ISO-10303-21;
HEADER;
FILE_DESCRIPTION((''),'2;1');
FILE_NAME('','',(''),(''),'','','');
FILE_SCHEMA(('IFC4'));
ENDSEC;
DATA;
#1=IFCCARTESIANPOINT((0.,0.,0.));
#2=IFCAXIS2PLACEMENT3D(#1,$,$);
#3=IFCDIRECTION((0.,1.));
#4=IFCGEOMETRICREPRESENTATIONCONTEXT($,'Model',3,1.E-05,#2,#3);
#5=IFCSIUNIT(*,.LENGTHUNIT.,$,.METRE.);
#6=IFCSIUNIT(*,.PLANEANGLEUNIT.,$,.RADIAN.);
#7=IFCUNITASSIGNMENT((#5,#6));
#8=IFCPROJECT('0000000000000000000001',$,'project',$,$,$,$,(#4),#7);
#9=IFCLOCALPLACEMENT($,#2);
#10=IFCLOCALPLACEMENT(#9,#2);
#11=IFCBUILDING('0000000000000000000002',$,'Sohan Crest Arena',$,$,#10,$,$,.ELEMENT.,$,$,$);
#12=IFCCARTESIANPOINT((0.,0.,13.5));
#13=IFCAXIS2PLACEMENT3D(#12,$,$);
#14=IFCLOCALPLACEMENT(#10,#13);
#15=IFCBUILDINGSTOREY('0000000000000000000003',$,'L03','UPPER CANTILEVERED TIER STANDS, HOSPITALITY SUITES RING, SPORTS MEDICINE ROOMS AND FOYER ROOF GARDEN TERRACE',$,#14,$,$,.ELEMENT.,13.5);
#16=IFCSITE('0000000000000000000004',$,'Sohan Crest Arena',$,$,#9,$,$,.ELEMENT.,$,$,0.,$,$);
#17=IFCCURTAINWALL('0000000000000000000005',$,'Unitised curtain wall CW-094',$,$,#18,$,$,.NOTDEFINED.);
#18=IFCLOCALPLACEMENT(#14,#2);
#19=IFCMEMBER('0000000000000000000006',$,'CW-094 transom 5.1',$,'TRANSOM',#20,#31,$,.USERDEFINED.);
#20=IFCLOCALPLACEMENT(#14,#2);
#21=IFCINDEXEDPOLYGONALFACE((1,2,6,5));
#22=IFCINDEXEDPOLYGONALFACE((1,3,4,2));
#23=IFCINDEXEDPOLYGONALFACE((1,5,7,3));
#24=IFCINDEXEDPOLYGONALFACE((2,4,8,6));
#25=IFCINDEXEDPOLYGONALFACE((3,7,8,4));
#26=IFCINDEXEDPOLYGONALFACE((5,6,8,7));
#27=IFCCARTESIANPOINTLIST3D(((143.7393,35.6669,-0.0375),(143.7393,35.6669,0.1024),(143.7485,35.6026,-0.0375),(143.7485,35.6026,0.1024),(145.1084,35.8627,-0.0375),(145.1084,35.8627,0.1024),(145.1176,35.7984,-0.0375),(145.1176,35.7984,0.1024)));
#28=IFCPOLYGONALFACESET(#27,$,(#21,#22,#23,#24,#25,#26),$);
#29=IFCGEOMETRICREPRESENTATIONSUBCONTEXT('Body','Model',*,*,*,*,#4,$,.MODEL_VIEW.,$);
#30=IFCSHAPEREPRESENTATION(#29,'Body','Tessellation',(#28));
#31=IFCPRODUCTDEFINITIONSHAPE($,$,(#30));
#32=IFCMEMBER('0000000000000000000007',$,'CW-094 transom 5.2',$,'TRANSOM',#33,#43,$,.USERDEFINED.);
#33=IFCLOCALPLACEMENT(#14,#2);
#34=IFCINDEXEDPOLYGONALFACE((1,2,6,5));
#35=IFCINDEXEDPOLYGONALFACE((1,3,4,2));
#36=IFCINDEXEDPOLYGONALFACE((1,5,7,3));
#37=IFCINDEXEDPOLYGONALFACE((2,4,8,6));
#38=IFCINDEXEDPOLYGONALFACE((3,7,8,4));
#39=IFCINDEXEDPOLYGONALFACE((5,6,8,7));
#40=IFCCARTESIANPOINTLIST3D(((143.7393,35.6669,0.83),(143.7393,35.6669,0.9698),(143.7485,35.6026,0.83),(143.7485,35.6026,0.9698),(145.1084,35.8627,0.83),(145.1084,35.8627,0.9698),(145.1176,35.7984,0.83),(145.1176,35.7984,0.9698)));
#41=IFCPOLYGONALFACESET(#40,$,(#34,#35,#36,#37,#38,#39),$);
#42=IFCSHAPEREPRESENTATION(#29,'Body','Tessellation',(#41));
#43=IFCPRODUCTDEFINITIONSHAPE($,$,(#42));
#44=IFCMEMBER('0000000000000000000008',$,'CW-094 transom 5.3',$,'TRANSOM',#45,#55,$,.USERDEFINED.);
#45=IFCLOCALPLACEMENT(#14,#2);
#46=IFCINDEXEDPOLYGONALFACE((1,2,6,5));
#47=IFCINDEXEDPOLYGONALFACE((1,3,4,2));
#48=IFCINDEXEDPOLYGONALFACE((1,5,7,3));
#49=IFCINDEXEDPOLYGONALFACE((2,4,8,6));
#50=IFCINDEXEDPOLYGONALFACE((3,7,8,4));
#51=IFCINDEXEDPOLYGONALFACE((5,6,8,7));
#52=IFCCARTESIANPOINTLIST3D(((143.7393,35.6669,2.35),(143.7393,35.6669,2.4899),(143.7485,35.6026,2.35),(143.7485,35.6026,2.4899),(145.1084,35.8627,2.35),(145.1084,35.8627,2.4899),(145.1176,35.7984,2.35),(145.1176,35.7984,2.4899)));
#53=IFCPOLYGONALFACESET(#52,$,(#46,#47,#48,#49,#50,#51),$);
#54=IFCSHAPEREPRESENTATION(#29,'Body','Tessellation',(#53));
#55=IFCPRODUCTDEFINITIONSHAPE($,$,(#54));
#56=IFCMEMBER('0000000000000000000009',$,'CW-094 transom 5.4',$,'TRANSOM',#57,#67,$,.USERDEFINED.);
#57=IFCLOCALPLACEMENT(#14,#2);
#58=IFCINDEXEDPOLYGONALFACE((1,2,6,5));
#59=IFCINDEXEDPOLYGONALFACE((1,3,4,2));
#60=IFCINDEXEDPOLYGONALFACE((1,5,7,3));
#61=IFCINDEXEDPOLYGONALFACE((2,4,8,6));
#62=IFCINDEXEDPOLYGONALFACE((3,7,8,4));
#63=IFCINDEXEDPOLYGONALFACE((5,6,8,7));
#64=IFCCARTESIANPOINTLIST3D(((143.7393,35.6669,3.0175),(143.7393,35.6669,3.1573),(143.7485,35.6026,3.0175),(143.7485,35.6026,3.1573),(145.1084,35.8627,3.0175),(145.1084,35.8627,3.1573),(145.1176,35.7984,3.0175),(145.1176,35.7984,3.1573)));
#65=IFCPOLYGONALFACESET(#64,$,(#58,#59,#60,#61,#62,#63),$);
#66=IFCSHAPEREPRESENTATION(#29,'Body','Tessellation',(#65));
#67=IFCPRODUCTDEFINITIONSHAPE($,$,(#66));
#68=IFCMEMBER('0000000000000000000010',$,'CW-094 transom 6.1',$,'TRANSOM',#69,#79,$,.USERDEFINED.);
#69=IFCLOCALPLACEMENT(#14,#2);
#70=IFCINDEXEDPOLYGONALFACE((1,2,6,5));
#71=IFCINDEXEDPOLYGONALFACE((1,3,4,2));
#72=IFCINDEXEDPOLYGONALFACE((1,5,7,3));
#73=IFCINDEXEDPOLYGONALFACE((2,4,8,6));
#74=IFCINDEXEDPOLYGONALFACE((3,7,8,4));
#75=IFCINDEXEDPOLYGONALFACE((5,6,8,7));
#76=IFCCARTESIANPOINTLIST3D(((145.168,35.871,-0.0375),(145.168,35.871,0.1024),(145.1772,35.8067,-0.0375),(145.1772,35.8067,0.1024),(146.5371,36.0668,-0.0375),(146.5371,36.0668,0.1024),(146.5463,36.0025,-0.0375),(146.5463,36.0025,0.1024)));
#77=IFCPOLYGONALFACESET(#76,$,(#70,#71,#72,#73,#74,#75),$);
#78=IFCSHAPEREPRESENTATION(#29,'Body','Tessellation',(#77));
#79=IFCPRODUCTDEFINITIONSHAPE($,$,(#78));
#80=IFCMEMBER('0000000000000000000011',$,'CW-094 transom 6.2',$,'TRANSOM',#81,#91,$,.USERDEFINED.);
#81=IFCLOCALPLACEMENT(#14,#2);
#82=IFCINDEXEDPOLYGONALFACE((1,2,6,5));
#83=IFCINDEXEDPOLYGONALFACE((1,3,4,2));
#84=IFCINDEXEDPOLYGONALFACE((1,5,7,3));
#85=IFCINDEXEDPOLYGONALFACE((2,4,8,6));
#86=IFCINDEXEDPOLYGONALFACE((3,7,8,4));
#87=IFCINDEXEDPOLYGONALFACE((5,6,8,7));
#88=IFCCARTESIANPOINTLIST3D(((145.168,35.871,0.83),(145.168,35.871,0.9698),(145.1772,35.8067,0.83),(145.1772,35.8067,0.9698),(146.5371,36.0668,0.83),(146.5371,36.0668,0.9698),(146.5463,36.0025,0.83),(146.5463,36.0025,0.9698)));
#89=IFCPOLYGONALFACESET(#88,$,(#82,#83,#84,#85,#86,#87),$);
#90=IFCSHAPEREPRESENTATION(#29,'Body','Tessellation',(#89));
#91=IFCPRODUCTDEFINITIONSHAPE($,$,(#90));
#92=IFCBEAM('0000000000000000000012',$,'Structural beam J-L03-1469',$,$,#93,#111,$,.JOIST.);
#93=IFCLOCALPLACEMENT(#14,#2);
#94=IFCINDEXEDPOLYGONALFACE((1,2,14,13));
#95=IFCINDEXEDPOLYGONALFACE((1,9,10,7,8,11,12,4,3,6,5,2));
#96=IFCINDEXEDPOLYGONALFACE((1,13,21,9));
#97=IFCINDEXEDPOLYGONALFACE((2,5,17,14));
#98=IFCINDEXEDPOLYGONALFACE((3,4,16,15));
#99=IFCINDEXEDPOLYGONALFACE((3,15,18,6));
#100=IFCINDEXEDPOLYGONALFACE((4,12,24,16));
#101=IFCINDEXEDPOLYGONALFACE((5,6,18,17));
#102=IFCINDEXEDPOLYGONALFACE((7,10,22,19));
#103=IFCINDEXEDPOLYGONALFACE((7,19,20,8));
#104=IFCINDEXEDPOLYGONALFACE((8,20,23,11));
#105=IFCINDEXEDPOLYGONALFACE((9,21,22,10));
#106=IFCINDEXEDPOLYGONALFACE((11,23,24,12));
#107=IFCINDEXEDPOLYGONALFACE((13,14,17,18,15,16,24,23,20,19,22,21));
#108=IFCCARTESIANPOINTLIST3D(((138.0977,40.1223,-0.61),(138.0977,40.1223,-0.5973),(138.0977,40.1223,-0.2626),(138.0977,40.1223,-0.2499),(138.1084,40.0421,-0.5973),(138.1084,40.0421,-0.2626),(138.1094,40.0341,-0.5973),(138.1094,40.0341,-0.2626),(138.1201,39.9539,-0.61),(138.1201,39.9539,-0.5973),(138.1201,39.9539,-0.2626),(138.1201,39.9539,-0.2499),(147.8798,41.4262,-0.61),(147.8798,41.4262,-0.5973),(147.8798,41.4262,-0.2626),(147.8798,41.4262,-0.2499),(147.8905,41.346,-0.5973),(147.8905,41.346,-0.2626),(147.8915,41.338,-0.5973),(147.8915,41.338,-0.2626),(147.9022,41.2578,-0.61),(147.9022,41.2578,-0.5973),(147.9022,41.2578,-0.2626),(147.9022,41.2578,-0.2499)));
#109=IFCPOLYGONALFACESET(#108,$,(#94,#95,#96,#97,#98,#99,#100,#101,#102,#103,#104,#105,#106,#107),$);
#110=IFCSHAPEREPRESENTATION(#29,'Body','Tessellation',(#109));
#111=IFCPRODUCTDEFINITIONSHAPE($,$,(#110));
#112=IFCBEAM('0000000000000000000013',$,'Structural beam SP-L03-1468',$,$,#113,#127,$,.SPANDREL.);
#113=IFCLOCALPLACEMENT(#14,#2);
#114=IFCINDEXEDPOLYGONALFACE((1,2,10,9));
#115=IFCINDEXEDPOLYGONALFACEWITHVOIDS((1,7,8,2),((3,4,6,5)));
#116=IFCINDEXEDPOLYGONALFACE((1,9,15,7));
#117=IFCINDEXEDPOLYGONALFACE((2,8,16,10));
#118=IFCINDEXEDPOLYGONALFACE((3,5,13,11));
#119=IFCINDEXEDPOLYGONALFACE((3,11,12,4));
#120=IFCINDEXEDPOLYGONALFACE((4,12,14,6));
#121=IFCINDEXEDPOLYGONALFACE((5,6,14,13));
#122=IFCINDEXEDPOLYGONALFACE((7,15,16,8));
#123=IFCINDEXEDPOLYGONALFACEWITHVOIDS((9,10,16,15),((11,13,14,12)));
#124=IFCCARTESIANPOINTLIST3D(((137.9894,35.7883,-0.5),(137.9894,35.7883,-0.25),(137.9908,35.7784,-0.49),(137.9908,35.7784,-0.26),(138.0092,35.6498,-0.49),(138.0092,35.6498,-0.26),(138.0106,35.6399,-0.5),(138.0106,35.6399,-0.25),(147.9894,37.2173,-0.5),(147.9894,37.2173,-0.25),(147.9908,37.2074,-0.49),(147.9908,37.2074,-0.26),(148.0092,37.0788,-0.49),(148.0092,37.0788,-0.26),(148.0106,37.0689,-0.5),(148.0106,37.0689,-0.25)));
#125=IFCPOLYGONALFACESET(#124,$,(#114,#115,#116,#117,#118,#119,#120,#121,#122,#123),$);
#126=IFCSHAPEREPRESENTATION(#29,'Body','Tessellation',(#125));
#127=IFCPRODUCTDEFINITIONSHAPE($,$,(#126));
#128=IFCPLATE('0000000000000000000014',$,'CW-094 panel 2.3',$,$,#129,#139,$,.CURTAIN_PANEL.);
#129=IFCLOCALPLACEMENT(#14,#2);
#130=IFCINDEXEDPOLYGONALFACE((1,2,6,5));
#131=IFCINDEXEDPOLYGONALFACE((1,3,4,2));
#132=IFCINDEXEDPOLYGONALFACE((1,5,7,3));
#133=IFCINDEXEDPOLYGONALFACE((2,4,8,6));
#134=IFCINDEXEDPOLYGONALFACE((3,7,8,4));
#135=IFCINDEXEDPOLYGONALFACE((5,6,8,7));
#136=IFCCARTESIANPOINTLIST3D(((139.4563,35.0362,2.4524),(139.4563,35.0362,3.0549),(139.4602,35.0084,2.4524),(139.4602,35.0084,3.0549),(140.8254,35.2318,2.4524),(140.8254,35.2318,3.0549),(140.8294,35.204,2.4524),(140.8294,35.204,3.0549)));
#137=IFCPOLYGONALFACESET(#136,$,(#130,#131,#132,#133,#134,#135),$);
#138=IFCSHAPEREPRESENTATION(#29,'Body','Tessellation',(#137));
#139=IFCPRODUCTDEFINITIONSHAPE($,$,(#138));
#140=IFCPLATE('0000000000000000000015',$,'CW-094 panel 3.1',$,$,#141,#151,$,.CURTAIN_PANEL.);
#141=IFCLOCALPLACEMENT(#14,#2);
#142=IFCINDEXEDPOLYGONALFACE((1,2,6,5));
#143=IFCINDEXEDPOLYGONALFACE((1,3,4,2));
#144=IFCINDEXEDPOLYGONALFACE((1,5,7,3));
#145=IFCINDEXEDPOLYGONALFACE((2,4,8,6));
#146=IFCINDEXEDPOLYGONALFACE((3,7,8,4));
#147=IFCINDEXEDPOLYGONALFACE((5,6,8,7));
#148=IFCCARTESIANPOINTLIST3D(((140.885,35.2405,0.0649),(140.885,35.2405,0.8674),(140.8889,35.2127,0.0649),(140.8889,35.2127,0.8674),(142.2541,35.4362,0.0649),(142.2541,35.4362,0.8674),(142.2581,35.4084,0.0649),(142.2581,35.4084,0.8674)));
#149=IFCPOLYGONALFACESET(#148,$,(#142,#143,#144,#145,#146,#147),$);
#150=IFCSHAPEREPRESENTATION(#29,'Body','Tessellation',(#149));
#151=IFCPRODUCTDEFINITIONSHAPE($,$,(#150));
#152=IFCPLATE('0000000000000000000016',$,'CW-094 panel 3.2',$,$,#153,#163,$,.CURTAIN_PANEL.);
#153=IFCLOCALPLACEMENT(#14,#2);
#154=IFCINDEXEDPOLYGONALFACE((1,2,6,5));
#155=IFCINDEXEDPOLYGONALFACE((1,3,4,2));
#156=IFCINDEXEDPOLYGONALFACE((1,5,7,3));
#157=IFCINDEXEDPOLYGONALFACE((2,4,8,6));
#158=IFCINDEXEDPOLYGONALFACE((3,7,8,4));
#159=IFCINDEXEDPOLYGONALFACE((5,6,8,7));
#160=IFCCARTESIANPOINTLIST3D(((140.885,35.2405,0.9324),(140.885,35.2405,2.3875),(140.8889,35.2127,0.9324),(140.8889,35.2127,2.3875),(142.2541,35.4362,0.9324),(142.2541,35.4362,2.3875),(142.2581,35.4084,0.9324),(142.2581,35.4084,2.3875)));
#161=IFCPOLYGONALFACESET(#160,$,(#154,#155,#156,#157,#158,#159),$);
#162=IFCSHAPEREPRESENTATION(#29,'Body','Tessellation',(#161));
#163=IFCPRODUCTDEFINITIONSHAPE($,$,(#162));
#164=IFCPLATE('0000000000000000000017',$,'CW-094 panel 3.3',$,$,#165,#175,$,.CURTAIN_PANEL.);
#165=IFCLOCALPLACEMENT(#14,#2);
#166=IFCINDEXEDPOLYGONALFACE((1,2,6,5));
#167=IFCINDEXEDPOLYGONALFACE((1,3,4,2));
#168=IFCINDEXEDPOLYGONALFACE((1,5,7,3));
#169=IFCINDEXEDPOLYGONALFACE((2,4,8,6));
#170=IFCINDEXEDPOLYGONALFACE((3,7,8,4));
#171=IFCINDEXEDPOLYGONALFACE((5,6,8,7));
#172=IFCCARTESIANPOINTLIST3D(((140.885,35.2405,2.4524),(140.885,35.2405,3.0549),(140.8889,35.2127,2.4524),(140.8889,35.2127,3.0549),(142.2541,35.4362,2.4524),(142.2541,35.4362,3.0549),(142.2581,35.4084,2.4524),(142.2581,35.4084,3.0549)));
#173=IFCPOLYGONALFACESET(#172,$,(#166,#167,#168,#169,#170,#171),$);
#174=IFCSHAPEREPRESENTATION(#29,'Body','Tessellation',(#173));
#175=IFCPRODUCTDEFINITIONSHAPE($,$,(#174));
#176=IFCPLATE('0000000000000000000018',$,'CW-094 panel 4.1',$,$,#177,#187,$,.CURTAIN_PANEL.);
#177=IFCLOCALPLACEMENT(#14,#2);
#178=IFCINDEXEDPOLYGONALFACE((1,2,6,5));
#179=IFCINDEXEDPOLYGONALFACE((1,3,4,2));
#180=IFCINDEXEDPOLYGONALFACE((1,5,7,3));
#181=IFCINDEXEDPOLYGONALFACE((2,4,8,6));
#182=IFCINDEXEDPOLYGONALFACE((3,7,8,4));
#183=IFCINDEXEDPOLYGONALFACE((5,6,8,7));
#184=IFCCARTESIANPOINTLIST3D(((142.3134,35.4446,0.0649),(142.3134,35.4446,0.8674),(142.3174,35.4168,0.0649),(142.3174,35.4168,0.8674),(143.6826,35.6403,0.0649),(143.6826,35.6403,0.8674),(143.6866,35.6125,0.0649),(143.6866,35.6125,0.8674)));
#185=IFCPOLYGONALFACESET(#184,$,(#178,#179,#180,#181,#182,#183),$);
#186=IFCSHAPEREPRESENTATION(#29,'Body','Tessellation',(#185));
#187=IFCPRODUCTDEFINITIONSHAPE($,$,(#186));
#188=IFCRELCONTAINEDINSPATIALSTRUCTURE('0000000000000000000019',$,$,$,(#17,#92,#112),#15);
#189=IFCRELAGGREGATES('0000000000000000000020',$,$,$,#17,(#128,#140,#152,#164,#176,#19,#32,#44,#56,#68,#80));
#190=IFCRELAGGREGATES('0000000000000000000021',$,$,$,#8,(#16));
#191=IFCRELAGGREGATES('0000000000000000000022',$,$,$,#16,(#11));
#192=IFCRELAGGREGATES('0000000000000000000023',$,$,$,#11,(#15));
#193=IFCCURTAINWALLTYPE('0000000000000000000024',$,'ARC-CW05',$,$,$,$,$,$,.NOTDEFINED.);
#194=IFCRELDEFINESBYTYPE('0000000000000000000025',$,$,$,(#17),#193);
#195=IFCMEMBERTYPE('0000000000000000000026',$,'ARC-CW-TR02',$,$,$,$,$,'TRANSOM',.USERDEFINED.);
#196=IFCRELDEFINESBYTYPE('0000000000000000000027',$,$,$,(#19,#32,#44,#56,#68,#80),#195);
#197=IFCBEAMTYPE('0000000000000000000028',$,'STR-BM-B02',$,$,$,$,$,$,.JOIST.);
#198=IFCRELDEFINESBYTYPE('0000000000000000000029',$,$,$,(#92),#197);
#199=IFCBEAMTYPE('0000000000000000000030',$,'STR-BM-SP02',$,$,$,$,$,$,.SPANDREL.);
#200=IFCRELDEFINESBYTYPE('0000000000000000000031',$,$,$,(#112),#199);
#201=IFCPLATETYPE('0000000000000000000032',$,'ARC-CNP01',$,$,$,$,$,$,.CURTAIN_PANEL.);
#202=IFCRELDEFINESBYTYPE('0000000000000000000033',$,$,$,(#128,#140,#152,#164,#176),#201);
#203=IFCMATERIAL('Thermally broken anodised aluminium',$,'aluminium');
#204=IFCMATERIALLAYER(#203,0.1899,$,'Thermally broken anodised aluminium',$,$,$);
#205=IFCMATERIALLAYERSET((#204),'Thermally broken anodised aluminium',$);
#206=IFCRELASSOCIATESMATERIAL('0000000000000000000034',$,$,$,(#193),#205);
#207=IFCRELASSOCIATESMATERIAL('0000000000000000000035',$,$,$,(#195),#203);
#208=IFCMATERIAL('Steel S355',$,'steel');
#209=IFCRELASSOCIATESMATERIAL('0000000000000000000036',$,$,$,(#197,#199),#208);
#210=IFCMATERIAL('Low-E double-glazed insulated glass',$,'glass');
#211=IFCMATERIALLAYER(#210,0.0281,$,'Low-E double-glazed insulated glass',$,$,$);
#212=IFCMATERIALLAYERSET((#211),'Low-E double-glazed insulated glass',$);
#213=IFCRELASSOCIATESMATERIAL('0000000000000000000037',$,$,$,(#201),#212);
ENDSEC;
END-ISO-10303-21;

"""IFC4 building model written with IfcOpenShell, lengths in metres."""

from ifc_helpers import new_model, si_unit, direction, frame, origin, origin_2d, place, context, subcontext, project, spatial, rectangle, hollow_rectangle, i_section, extrude, material, layer, layer_set, material_profile, profile_set, type_object, element, aggregate, save


model = new_model("IFC4")

# Units and contexts
model_context = context("Model", 3, precision=1e-05, world=origin(), true_north=direction((0.0, 1.0)))
body_context = subcontext(model_context, "Body", "Model", "MODEL_VIEW")
ifc_project = project(units=[si_unit("LENGTHUNIT", "METRE"), si_unit("PLANEANGLEUNIT", "RADIAN")], contexts=[model_context])

# Site, building, storey
site_placement = place(None, origin())
site = spatial("IfcSite", under=ifc_project, at=site_placement, Name="Sohan Crest Arena", CompositionType="ELEMENT", RefElevation=0.0)
building_placement = place(site_placement, origin())
building = spatial("IfcBuilding", under=site, at=building_placement, Name="Sohan Crest Arena", CompositionType="ELEMENT")
storey_placement = place(building_placement, frame((0.0, 0.0, 13.5)))
storey = spatial("IfcBuildingStorey", under=building, at=storey_placement, Name="L03", Description="UPPER CANTILEVERED TIER STANDS, HOSPITALITY SUITES RING, SPORTS MEDICINE ROOMS AND FOYER ROOF GARDEN TERRACE", CompositionType="ELEMENT", Elevation=13.5)

# Shared definitions
ifc_material_1 = material(Name="Steel S355", Category="steel")

# Curtain wall, members
ifc_material_2 = material(Name="Thermally broken anodised aluminium", Category="aluminium")
ifc_layer_1 = layer(ifc_material_2, 0.1899, Name="Thermally broken anodised aluminium")
ifc_layer_set_1 = layer_set([ifc_layer_1], Name="Thermally broken anodised aluminium")
curtain_wall_type = type_object("IfcCurtainWallType", Name="ARC-CW05", PredefinedType="NOTDEFINED", material=ifc_layer_set_1)
curtain_wall_placement = place(storey_placement, origin())
curtain_wall = element("IfcCurtainWall", 1, at=curtain_wall_placement, inside=storey, type_object=curtain_wall_type, Name="Unitised curtain wall CW-094", PredefinedType="NOTDEFINED")
ifc_material_profile_1 = material_profile(ifc_material_2, rectangle(XDim=0.0649, YDim=0.1399, at=origin_2d()), Name="ALU-TRAN 65x140")
ifc_profile_set_1 = profile_set([ifc_material_profile_1], Name="Thermally broken anodised aluminium")
member_type_1 = type_object("IfcMemberType", Name="ARC-CW-TR02", ElementType="TRANSOM", PredefinedType="USERDEFINED", material=ifc_profile_set_1)
member_1_placement = place(storey_placement, frame((143.7439, 35.6348, 0.0325), z_axis=(0.989928, 0.14157, 0.0), x_axis=(-0.14157, 0.989928, 0.0)))
member_1 = element("IfcMember", 2, at=member_1_placement, type_object=member_type_1, Name="CW-094 transom 5.1", ObjectType="TRANSOM", PredefinedType="USERDEFINED", context=body_context, shape_type="SweptSolid", body=[
    extrude(rectangle(XDim=0.0649, YDim=0.1399, at=origin_2d()), origin(), (0.0, 0.0, 1.0), 1.3831),
])
member_2_placement = place(storey_placement, frame((143.7439, 35.6348, 0.8999), z_axis=(0.989928, 0.14157, 0.0), x_axis=(-0.14157, 0.989928, 0.0)))
member_2 = element("IfcMember", 3, at=member_2_placement, type_object=member_type_1, Name="CW-094 transom 5.2", ObjectType="TRANSOM", PredefinedType="USERDEFINED", context=body_context, shape_type="SweptSolid", body=[
    extrude(rectangle(XDim=0.0649, YDim=0.1399, at=origin_2d()), origin(), (0.0, 0.0, 1.0), 1.3831),
])
member_3_placement = place(storey_placement, frame((143.7439, 35.6348, 2.4199), z_axis=(0.989928, 0.14157, 0.0), x_axis=(-0.14157, 0.989928, 0.0)))
member_3 = element("IfcMember", 4, at=member_3_placement, type_object=member_type_1, Name="CW-094 transom 5.3", ObjectType="TRANSOM", PredefinedType="USERDEFINED", context=body_context, shape_type="SweptSolid", body=[
    extrude(rectangle(XDim=0.0649, YDim=0.1399, at=origin_2d()), origin(), (0.0, 0.0, 1.0), 1.3831),
])
member_4_placement = place(storey_placement, frame((143.7439, 35.6348, 3.0874), z_axis=(0.989928, 0.14157, 0.0), x_axis=(-0.14157, 0.989928, 0.0)))
member_4 = element("IfcMember", 5, at=member_4_placement, type_object=member_type_1, Name="CW-094 transom 5.4", ObjectType="TRANSOM", PredefinedType="USERDEFINED", context=body_context, shape_type="SweptSolid", body=[
    extrude(rectangle(XDim=0.0649, YDim=0.1399, at=origin_2d()), origin(), (0.0, 0.0, 1.0), 1.3831),
])
member_5_placement = place(storey_placement, frame((145.1726, 35.8389, 0.0325), z_axis=(0.989928, 0.14157, 0.0), x_axis=(-0.14157, 0.989928, 0.0)))
member_5 = element("IfcMember", 6, at=member_5_placement, type_object=member_type_1, Name="CW-094 transom 6.1", ObjectType="TRANSOM", PredefinedType="USERDEFINED", context=body_context, shape_type="SweptSolid", body=[
    extrude(rectangle(XDim=0.0649, YDim=0.1399, at=origin_2d()), origin(), (0.0, 0.0, 1.0), 1.3831),
])
member_6_placement = place(storey_placement, frame((145.1726, 35.8389, 0.8999), z_axis=(0.989928, 0.14157, 0.0), x_axis=(-0.14157, 0.989928, 0.0)))
member_6 = element("IfcMember", 7, at=member_6_placement, type_object=member_type_1, Name="CW-094 transom 6.2", ObjectType="TRANSOM", PredefinedType="USERDEFINED", context=body_context, shape_type="SweptSolid", body=[
    extrude(rectangle(XDim=0.0649, YDim=0.1399, at=origin_2d()), origin(), (0.0, 0.0, 1.0), 1.3831),
])

# Beams
ifc_material_profile_2 = material_profile(ifc_material_1, i_section(OverallWidth=0.1699, OverallDepth=0.3601, WebThickness=0.0081, FlangeThickness=0.0127, at=origin_2d()), Name="IPE 360")
ifc_profile_set_2 = profile_set([ifc_material_profile_2], Name="Steel S355")
beam_type_1 = type_object("IfcBeamType", Name="STR-BM-B02", PredefinedType="JOIST", material=ifc_profile_set_2)
beam_1_placement = place(storey_placement, frame((138.1089, 40.0381, -0.4299), z_axis=(0.991232, 0.13213, 0.0), x_axis=(-0.13213, 0.991232, 0.0)))
element("IfcBeam", 8, at=beam_1_placement, inside=storey, type_object=beam_type_1, Name="Structural beam J-L03-1469", PredefinedType="JOIST", context=body_context, shape_type="SweptSolid", body=[
    extrude(i_section(OverallWidth=0.1699, OverallDepth=0.3601, WebThickness=0.0081, FlangeThickness=0.0127, at=origin_2d()), origin(), (0.0, 0.0, 1.0), 9.8687),
])
ifc_material_profile_3 = material_profile(ifc_material_1, hollow_rectangle(XDim=0.1499, YDim=0.25, WallThickness=0.01, at=origin_2d()), Name="RHS 250x150x10")
ifc_profile_set_3 = profile_set([ifc_material_profile_3], Name="Steel S355")
beam_type_2 = type_object("IfcBeamType", Name="STR-BM-SP02", PredefinedType="SPANDREL", material=ifc_profile_set_3)
beam_2_placement = place(storey_placement, frame((138.0, 35.7141, -0.375), z_axis=(0.989944, 0.141459, 0.0), x_axis=(-0.141459, 0.989944, 0.0)))
element("IfcBeam", 9, at=beam_2_placement, inside=storey, type_object=beam_type_2, Name="Structural beam SP-L03-1468", PredefinedType="SPANDREL", context=body_context, shape_type="SweptSolid", body=[
    extrude(hollow_rectangle(XDim=0.1499, YDim=0.25, WallThickness=0.01, at=origin_2d()), origin(), (0.0, 0.0, 1.0), 10.1016),
])

# Plates
ifc_material_3 = material(Name="Low-E double-glazed insulated glass", Category="glass")
ifc_layer_2 = layer(ifc_material_3, 0.0281, Name="Low-E double-glazed insulated glass")
ifc_layer_set_2 = layer_set([ifc_layer_2], Name="Low-E double-glazed insulated glass")
plate_type = type_object("IfcPlateType", Name="ARC-CNP01", PredefinedType="CURTAIN_PANEL", material=ifc_layer_set_2)
plate_1_placement = place(storey_placement, frame((140.1428, 35.1201, 2.4524), z_axis=(0.0, 0.0, 1.0), x_axis=(0.989944, 0.141463, 0.0)))
plate_1 = element("IfcPlate", 10, at=plate_1_placement, type_object=plate_type, Name="CW-094 panel 2.3", PredefinedType="CURTAIN_PANEL", context=body_context, shape_type="SweptSolid", body=[
    extrude(rectangle(XDim=1.3831, YDim=0.0281, at=origin_2d()), origin(), (0.0, 0.0, 1.0), 0.6025),
])
plate_2_placement = place(storey_placement, frame((141.5715, 35.3245, 0.0649), z_axis=(0.0, 0.0, 1.0), x_axis=(0.989944, 0.141463, 0.0)))
plate_2 = element("IfcPlate", 11, at=plate_2_placement, type_object=plate_type, Name="CW-094 panel 3.1", PredefinedType="CURTAIN_PANEL", context=body_context, shape_type="SweptSolid", body=[
    extrude(rectangle(XDim=1.3831, YDim=0.0281, at=origin_2d()), origin(), (0.0, 0.0, 1.0), 0.8025),
])
plate_3_placement = place(storey_placement, frame((141.5715, 35.3245, 0.9324), z_axis=(0.0, 0.0, 1.0), x_axis=(0.989944, 0.141463, 0.0)))
plate_3 = element("IfcPlate", 12, at=plate_3_placement, type_object=plate_type, Name="CW-094 panel 3.2", PredefinedType="CURTAIN_PANEL", context=body_context, shape_type="SweptSolid", body=[
    extrude(rectangle(XDim=1.3831, YDim=0.0281, at=origin_2d()), origin(), (0.0, 0.0, 1.0), 1.4551),
])
plate_4_placement = place(storey_placement, frame((141.5715, 35.3245, 2.4524), z_axis=(0.0, 0.0, 1.0), x_axis=(0.989944, 0.141463, 0.0)))
plate_4 = element("IfcPlate", 13, at=plate_4_placement, type_object=plate_type, Name="CW-094 panel 3.3", PredefinedType="CURTAIN_PANEL", context=body_context, shape_type="SweptSolid", body=[
    extrude(rectangle(XDim=1.3831, YDim=0.0281, at=origin_2d()), origin(), (0.0, 0.0, 1.0), 0.6025),
])
plate_5_placement = place(storey_placement, frame((143.0, 35.5286, 0.0649), z_axis=(0.0, 0.0, 1.0), x_axis=(0.989944, 0.141463, 0.0)))
plate_5 = element("IfcPlate", 14, at=plate_5_placement, type_object=plate_type, Name="CW-094 panel 4.1", PredefinedType="CURTAIN_PANEL", context=body_context, shape_type="SweptSolid", body=[
    extrude(rectangle(XDim=1.3831, YDim=0.0281, at=origin_2d()), origin(), (0.0, 0.0, 1.0), 0.8025),
])
aggregate(curtain_wall, [plate_1, plate_2, plate_3, plate_4, plate_5, member_1, member_2, member_3, member_4, member_5, member_6])

save(model, "model.ifc")
